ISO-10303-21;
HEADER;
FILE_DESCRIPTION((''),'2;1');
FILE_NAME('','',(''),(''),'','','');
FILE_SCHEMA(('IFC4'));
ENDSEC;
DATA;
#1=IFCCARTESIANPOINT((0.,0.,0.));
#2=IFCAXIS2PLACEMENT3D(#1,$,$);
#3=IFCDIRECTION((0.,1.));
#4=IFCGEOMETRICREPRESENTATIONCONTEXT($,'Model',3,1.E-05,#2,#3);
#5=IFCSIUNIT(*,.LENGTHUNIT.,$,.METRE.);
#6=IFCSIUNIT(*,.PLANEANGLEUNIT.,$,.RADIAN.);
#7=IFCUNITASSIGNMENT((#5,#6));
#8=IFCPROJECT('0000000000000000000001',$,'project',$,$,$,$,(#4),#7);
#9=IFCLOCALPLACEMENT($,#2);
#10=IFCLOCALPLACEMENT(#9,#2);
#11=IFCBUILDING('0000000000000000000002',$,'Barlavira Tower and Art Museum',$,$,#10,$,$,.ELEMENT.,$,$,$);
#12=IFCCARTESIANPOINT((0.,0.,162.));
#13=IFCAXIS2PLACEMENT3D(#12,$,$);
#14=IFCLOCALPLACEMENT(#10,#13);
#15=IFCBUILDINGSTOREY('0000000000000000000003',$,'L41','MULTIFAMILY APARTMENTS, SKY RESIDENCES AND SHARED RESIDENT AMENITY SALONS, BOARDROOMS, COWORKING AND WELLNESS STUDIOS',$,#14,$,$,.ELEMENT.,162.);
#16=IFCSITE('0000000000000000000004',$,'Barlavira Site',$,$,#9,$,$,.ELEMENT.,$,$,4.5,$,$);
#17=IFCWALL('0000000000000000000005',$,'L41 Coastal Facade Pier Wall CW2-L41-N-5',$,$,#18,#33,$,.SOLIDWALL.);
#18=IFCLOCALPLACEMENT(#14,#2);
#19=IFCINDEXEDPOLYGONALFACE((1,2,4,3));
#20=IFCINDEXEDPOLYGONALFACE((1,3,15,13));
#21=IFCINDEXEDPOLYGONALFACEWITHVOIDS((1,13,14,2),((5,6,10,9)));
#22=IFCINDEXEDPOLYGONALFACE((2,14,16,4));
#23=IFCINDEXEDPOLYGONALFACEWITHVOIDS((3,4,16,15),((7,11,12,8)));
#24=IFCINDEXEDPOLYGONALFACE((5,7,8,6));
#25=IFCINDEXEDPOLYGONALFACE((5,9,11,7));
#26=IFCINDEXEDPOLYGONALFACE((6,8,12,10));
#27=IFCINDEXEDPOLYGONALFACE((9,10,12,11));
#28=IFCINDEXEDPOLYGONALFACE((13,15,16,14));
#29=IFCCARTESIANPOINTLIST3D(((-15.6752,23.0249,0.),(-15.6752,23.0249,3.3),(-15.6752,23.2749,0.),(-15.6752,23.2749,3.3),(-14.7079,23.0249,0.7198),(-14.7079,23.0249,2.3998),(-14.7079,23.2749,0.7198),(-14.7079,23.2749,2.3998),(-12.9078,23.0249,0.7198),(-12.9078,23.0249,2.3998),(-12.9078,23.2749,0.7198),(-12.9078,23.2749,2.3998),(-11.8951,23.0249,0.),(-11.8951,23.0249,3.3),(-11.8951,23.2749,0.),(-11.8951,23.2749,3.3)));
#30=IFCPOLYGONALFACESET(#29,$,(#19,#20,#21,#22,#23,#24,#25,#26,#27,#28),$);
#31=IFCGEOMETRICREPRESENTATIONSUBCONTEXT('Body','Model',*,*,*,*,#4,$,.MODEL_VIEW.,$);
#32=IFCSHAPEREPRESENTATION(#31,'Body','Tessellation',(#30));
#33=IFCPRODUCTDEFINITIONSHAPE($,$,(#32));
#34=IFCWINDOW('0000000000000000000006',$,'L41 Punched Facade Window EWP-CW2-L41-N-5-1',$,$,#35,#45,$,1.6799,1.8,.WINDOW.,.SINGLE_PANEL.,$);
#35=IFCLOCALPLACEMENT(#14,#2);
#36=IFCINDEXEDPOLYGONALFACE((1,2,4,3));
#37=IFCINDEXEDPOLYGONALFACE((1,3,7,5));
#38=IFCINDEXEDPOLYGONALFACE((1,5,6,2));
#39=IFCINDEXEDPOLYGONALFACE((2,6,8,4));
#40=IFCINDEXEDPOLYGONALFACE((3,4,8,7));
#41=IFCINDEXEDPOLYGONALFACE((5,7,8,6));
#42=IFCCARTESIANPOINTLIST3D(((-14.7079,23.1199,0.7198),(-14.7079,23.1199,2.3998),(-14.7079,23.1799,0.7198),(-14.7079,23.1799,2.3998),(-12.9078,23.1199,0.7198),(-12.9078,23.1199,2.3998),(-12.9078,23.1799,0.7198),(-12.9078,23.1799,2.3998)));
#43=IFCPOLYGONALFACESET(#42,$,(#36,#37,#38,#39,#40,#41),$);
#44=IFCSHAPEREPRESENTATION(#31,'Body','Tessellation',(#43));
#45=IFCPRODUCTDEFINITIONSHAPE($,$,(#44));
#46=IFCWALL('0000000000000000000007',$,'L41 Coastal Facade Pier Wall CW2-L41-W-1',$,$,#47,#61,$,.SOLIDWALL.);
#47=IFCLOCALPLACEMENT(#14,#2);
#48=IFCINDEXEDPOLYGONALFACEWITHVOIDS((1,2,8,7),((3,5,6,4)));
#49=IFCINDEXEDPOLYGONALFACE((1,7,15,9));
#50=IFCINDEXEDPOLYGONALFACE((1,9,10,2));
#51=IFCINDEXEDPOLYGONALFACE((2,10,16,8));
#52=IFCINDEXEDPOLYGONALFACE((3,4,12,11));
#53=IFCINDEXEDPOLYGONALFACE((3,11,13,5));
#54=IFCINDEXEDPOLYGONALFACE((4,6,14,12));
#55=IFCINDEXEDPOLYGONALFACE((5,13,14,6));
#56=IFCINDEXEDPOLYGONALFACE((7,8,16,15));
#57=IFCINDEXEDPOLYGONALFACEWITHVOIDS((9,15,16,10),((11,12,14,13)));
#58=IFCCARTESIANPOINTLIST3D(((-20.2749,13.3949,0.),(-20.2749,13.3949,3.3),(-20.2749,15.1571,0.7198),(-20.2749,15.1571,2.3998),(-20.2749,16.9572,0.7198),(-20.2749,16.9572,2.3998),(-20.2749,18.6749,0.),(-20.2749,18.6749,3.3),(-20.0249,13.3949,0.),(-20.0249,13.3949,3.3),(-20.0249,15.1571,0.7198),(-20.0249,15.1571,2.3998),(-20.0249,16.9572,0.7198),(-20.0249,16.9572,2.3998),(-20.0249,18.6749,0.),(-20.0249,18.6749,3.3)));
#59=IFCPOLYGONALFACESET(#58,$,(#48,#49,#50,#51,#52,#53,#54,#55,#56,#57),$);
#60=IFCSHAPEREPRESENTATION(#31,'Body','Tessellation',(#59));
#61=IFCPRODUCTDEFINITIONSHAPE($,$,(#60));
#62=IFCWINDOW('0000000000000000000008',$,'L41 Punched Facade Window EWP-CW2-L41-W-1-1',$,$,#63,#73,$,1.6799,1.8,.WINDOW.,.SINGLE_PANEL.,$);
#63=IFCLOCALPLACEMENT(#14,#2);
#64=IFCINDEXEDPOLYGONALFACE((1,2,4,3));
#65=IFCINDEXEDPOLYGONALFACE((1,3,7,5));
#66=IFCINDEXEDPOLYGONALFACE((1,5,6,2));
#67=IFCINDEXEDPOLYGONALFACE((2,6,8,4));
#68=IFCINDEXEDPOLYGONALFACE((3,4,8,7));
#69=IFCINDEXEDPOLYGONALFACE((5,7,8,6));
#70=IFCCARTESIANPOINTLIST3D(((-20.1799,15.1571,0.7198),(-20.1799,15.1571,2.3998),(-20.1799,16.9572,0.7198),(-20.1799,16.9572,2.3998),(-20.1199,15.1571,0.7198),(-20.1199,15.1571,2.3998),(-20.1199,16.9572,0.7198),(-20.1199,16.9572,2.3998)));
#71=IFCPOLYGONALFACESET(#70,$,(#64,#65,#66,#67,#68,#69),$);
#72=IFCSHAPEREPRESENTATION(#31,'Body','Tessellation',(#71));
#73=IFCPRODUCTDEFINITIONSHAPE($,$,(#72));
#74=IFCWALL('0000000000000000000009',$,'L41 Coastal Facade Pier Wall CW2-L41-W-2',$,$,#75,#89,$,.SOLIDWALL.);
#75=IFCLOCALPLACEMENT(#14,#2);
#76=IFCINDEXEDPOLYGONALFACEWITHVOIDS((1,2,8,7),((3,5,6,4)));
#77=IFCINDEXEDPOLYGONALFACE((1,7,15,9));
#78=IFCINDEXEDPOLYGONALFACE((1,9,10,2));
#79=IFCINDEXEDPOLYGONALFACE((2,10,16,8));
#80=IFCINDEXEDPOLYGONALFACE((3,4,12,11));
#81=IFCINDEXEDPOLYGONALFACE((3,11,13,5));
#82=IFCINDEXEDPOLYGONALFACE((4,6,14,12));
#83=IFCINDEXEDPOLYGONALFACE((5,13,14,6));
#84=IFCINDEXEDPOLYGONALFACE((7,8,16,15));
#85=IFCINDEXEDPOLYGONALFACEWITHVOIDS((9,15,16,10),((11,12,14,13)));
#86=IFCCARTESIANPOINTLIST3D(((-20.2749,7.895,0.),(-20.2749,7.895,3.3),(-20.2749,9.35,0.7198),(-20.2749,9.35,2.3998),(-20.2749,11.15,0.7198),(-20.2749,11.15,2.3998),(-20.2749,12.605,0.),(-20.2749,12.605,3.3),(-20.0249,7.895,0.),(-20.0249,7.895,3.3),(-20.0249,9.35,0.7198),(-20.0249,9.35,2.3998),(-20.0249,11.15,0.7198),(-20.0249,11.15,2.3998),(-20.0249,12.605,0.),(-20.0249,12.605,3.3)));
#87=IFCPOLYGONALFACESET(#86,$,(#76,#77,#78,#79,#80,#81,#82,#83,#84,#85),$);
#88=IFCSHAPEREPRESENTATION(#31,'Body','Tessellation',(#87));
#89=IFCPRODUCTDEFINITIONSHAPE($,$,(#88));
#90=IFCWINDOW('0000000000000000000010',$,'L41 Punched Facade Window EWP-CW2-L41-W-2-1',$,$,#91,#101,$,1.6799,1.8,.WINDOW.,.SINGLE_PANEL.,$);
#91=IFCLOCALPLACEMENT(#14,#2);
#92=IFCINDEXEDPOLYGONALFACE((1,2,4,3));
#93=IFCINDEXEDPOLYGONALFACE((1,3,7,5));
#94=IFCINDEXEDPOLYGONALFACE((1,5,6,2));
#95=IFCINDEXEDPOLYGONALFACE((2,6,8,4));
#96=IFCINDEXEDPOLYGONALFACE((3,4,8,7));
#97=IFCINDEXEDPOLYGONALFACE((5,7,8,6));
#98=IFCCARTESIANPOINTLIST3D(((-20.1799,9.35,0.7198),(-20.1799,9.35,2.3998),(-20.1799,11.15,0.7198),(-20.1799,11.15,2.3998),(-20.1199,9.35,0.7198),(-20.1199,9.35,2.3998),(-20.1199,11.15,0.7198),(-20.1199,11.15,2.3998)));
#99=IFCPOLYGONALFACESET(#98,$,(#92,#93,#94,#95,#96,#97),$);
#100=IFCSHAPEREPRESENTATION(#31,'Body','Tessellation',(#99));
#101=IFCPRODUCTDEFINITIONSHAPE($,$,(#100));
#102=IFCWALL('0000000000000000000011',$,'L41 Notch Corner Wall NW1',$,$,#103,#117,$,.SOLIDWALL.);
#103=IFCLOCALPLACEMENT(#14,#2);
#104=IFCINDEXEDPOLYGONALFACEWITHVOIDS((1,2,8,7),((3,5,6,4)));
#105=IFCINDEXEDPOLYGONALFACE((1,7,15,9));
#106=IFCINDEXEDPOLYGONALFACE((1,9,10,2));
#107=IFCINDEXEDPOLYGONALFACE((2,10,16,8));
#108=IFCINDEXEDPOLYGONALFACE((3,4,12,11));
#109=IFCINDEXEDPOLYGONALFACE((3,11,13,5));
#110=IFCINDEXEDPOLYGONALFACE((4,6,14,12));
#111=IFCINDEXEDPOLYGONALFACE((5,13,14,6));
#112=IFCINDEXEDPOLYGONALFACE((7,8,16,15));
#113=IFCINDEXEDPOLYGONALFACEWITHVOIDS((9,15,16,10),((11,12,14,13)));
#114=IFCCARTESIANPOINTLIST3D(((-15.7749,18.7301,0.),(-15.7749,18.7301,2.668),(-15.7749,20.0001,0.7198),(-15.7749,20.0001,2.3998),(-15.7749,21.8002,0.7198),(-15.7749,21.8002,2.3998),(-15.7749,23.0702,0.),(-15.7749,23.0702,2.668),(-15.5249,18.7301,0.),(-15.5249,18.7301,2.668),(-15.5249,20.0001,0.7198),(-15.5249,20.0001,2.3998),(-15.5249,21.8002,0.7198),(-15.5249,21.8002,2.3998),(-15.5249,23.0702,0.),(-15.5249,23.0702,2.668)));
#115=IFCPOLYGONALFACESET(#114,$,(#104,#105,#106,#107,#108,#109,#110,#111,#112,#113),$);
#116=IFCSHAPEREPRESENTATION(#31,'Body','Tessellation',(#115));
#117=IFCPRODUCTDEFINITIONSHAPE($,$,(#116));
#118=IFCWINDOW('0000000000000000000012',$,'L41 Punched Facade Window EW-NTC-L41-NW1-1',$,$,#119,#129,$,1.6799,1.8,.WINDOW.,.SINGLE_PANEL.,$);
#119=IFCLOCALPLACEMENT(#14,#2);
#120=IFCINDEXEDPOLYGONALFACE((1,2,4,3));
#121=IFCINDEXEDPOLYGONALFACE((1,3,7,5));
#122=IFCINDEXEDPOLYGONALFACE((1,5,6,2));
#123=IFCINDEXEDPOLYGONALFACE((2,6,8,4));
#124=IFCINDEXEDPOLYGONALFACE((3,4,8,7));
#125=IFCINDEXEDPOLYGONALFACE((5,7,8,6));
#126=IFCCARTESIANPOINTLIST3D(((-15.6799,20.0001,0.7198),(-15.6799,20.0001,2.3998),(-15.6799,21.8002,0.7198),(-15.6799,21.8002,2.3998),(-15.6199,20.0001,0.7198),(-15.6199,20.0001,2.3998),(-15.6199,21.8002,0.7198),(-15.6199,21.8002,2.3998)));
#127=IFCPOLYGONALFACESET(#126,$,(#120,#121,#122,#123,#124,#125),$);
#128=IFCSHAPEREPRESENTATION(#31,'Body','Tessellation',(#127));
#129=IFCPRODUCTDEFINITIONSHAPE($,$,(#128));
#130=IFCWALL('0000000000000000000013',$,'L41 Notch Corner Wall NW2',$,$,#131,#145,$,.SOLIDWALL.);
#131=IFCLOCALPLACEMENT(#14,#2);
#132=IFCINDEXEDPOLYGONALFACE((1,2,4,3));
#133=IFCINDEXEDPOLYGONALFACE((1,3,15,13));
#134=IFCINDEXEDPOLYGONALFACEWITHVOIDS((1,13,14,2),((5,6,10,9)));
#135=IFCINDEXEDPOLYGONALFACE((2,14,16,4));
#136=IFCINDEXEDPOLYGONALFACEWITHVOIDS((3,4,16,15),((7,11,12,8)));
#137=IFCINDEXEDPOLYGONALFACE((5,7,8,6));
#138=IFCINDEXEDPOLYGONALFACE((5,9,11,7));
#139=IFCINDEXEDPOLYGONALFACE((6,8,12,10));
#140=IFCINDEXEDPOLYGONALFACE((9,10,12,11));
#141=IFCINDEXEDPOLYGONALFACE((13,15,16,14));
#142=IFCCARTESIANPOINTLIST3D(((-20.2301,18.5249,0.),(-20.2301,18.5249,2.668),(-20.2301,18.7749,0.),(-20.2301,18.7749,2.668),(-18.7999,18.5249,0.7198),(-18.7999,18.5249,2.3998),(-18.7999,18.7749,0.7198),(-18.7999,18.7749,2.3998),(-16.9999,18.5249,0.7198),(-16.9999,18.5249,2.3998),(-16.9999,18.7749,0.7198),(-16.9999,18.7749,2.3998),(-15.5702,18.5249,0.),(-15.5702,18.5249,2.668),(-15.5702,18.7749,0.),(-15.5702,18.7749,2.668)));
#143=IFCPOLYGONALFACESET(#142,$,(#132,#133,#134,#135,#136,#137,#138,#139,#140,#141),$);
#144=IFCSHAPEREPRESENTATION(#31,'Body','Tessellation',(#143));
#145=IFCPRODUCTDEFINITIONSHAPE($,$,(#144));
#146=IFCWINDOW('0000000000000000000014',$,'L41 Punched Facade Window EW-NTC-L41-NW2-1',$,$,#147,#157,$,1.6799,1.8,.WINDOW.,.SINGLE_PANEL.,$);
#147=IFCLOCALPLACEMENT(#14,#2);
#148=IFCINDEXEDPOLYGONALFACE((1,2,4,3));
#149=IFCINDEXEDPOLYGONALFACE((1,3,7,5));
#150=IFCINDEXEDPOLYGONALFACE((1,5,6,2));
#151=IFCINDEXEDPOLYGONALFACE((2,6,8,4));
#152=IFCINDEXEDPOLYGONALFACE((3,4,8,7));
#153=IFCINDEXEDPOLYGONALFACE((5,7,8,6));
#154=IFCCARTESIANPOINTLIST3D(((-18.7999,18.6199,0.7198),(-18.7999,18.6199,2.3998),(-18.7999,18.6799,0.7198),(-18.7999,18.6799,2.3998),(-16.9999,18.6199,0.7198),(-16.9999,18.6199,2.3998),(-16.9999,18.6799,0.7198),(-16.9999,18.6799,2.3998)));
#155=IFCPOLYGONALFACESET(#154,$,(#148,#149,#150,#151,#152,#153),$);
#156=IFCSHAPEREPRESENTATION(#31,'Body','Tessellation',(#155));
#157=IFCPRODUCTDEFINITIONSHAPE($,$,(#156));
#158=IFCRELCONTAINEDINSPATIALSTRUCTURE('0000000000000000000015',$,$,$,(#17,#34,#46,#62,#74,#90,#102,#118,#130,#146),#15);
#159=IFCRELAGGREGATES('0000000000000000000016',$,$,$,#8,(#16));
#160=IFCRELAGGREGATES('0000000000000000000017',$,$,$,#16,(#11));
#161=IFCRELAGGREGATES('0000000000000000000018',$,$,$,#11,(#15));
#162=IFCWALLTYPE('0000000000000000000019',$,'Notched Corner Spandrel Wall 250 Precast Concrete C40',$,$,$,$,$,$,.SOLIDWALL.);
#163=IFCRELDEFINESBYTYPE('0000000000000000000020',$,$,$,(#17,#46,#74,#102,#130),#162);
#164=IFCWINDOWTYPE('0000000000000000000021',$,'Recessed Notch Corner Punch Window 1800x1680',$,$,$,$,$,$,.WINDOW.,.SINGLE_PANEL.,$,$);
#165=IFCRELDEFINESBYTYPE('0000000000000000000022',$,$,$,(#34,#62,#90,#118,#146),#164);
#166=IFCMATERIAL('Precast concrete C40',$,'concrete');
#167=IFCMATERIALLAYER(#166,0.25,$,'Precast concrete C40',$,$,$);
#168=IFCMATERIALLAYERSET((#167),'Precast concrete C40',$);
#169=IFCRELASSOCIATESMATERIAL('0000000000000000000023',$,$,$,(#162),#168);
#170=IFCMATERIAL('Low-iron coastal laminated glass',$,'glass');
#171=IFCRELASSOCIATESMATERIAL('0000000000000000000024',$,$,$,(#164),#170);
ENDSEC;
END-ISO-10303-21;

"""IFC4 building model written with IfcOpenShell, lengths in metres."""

from ifc_helpers import new_model, si_unit, direction, frame, frame_2d, origin, place, context, subcontext, project, spatial, rectangle, extrude, material, layer, layer_set, type_object, element, fill, save


model = new_model("IFC4")

# Units and contexts
model_context = context("Model", 3, precision=1e-05, world=origin(), true_north=direction((0.0, 1.0)))
body_context = subcontext(model_context, "Body", "Model", "MODEL_VIEW")
ifc_project = project(units=[si_unit("LENGTHUNIT", "METRE"), si_unit("PLANEANGLEUNIT", "RADIAN")], contexts=[model_context])

# Site, building, storey
site_placement = place(None, origin())
site = spatial("IfcSite", under=ifc_project, at=site_placement, Name="Barlavira Site", CompositionType="ELEMENT", RefElevation=4.5)
building_placement = place(site_placement, origin())
building = spatial("IfcBuilding", under=site, at=building_placement, Name="Barlavira Tower and Art Museum", CompositionType="ELEMENT")
storey_placement = place(building_placement, frame((0.0, 0.0, 162.0)))
storey = spatial("IfcBuildingStorey", under=building, at=storey_placement, Name="L41", Description="MULTIFAMILY APARTMENTS, SKY RESIDENCES AND SHARED RESIDENT AMENITY SALONS, BOARDROOMS, COWORKING AND WELLNESS STUDIOS", CompositionType="ELEMENT", Elevation=162.0)

# Walls, openings, windows
ifc_material_1 = material(Name="Precast concrete C40", Category="concrete")
ifc_layer_1 = layer(ifc_material_1, 0.25, Name="Precast concrete C40")
ifc_layer_set_1 = layer_set([ifc_layer_1], Name="Precast concrete C40")
wall_type_1 = type_object("IfcWallType", Name="Notched Corner Spandrel Wall 250 Precast Concrete C40", PredefinedType="SOLIDWALL", material=ifc_layer_set_1)
wall_1_placement = place(storey_placement, frame((-11.895, 23.1499, 0.0), z_axis=(0.0, 0.0, 1.0), x_axis=(-1.0, 0.0, 0.0)))
wall_1 = element("IfcWall", 1, at=wall_1_placement, inside=storey, type_object=wall_type_1, Name="L41 Coastal Facade Pier Wall CW2-L41-N-5", PredefinedType="SOLIDWALL", context=body_context, shape_type="SweptSolid", body=[
    extrude(rectangle(XDim=3.78, YDim=0.25, at=frame_2d((1.8901, 0.0))), origin(), (0.0, 0.0, 1.0), 3.3),
])
opening_1_placement = place(wall_1_placement, frame((1.0129, 0.0, 0.72)))
opening_1 = element("IfcOpeningElement", 2, at=opening_1_placement, cuts=wall_1, PredefinedType="OPENING", context=body_context, shape_type="SweptSolid", body=[
    extrude(rectangle(XDim=1.8, YDim=1.6799, at=frame_2d((0.8999, 0.8398))), frame((0.0, 0.135, 0.0), z_axis=(0.0, -1.0, 0.0), x_axis=(1.0, 0.0, 0.0)), (0.0, 0.0, 1.0), 0.27),
])
ifc_material_2 = material(Name="Low-iron coastal laminated glass", Category="glass")
window_type = type_object("IfcWindowType", Name="Recessed Notch Corner Punch Window 1800x1680", PartitioningType="SINGLE_PANEL", PredefinedType="WINDOW", material=ifc_material_2)
window_1_placement = place(opening_1_placement, origin())
window_1 = element("IfcWindow", 3, at=window_1_placement, inside=storey, type_object=window_type, Name="L41 Punched Facade Window EWP-CW2-L41-N-5-1", OverallHeight=1.6799, OverallWidth=1.8, PartitioningType="SINGLE_PANEL", PredefinedType="WINDOW", context=body_context, shape_type="SweptSolid", body=[
    extrude(rectangle(XDim=1.8, YDim=1.6799, at=frame_2d((0.8999, 0.8398))), frame((0.0, 0.03, 0.0), z_axis=(0.0, -1.0, 0.0), x_axis=(1.0, 0.0, 0.0)), (0.0, 0.0, 1.0), 0.0601),
])
fill(opening_1, window_1)
wall_2_placement = place(storey_placement, frame((-20.1499, 18.675, 0.0), z_axis=(0.0, 0.0, 1.0), x_axis=(0.0, -1.0, 0.0)))
wall_2 = element("IfcWall", 4, at=wall_2_placement, inside=storey, type_object=wall_type_1, Name="L41 Coastal Facade Pier Wall CW2-L41-W-1", PredefinedType="SOLIDWALL", context=body_context, shape_type="SweptSolid", body=[
    extrude(rectangle(XDim=5.28, YDim=0.25, at=frame_2d((2.6401, 0.0))), origin(), (0.0, 0.0, 1.0), 3.3),
])
opening_2_placement = place(wall_2_placement, frame((1.718, 0.0, 0.72)))
opening_2 = element("IfcOpeningElement", 5, at=opening_2_placement, cuts=wall_2, PredefinedType="OPENING", context=body_context, shape_type="SweptSolid", body=[
    extrude(rectangle(XDim=1.8, YDim=1.6799, at=frame_2d((0.8999, 0.8398))), frame((0.0, 0.135, 0.0), z_axis=(0.0, -1.0, 0.0), x_axis=(1.0, 0.0, 0.0)), (0.0, 0.0, 1.0), 0.27),
])
window_2_placement = place(opening_2_placement, origin())
window_2 = element("IfcWindow", 6, at=window_2_placement, inside=storey, type_object=window_type, Name="L41 Punched Facade Window EWP-CW2-L41-W-1-1", OverallHeight=1.6799, OverallWidth=1.8, PartitioningType="SINGLE_PANEL", PredefinedType="WINDOW", context=body_context, shape_type="SweptSolid", body=[
    extrude(rectangle(XDim=1.8, YDim=1.6799, at=frame_2d((0.8999, 0.8398))), frame((0.0, 0.03, 0.0), z_axis=(0.0, -1.0, 0.0), x_axis=(1.0, 0.0, 0.0)), (0.0, 0.0, 1.0), 0.0601),
])
fill(opening_2, window_2)
wall_3_placement = place(storey_placement, frame((-20.1499, 12.605, 0.0), z_axis=(0.0, 0.0, 1.0), x_axis=(0.0, -1.0, 0.0)))
wall_3 = element("IfcWall", 7, at=wall_3_placement, inside=storey, type_object=wall_type_1, Name="L41 Coastal Facade Pier Wall CW2-L41-W-2", PredefinedType="SOLIDWALL", context=body_context, shape_type="SweptSolid", body=[
    extrude(rectangle(XDim=4.71, YDim=0.25, at=frame_2d((2.355, 0.0))), origin(), (0.0, 0.0, 1.0), 3.3),
])
opening_3_placement = place(wall_3_placement, frame((1.4551, 0.0, 0.72)))
opening_3 = element("IfcOpeningElement", 8, at=opening_3_placement, cuts=wall_3, PredefinedType="OPENING", context=body_context, shape_type="SweptSolid", body=[
    extrude(rectangle(XDim=1.8, YDim=1.6799, at=frame_2d((0.8999, 0.8398))), frame((0.0, 0.135, 0.0), z_axis=(0.0, -1.0, 0.0), x_axis=(1.0, 0.0, 0.0)), (0.0, 0.0, 1.0), 0.27),
])
window_3_placement = place(opening_3_placement, origin())
window_3 = element("IfcWindow", 9, at=window_3_placement, inside=storey, type_object=window_type, Name="L41 Punched Facade Window EWP-CW2-L41-W-2-1", OverallHeight=1.6799, OverallWidth=1.8, PartitioningType="SINGLE_PANEL", PredefinedType="WINDOW", context=body_context, shape_type="SweptSolid", body=[
    extrude(rectangle(XDim=1.8, YDim=1.6799, at=frame_2d((0.8999, 0.8398))), frame((0.0, 0.03, 0.0), z_axis=(0.0, -1.0, 0.0), x_axis=(1.0, 0.0, 0.0)), (0.0, 0.0, 1.0), 0.0601),
])
fill(opening_3, window_3)
wall_4_placement = place(storey_placement, frame((-15.6499, 23.0701, 0.0), z_axis=(0.0, 0.0, 1.0), x_axis=(0.0, -1.0, 0.0)))
wall_4 = element("IfcWall", 10, at=wall_4_placement, inside=storey, type_object=wall_type_1, Name="L41 Notch Corner Wall NW1", PredefinedType="SOLIDWALL", context=body_context, shape_type="SweptSolid", body=[
    extrude(rectangle(XDim=4.3401, YDim=0.25, at=frame_2d((2.1699, 0.0))), origin(), (0.0, 0.0, 1.0), 2.668),
])
opening_4_placement = place(wall_4_placement, frame((1.27, 0.0, 0.72)))
opening_4 = element("IfcOpeningElement", 11, at=opening_4_placement, cuts=wall_4, PredefinedType="OPENING", context=body_context, shape_type="SweptSolid", body=[
    extrude(rectangle(XDim=1.8, YDim=1.6799, at=frame_2d((0.8999, 0.8398))), frame((0.0, 0.135, 0.0), z_axis=(0.0, -1.0, 0.0), x_axis=(1.0, 0.0, 0.0)), (0.0, 0.0, 1.0), 0.27),
])
window_4_placement = place(opening_4_placement, origin())
window_4 = element("IfcWindow", 12, at=window_4_placement, inside=storey, type_object=window_type, Name="L41 Punched Facade Window EW-NTC-L41-NW1-1", OverallHeight=1.6799, OverallWidth=1.8, PartitioningType="SINGLE_PANEL", PredefinedType="WINDOW", context=body_context, shape_type="SweptSolid", body=[
    extrude(rectangle(XDim=1.8, YDim=1.6799, at=frame_2d((0.8999, 0.8398))), frame((0.0, 0.03, 0.0), z_axis=(0.0, -1.0, 0.0), x_axis=(1.0, 0.0, 0.0)), (0.0, 0.0, 1.0), 0.0601),
])
fill(opening_4, window_4)
wall_5_placement = place(storey_placement, frame((-15.5701, 18.6499, 0.0), z_axis=(0.0, 0.0, 1.0), x_axis=(-1.0, 0.0, 0.0)))
wall_5 = element("IfcWall", 13, at=wall_5_placement, inside=storey, type_object=wall_type_1, Name="L41 Notch Corner Wall NW2", PredefinedType="SOLIDWALL", context=body_context, shape_type="SweptSolid", body=[
    extrude(rectangle(XDim=4.6599, YDim=0.25, at=frame_2d((2.3301, 0.0))), origin(), (0.0, 0.0, 1.0), 2.668),
])
opening_5_placement = place(wall_5_placement, frame((1.4299, 0.0, 0.72)))
opening_5 = element("IfcOpeningElement", 14, at=opening_5_placement, cuts=wall_5, PredefinedType="OPENING", context=body_context, shape_type="SweptSolid", body=[
    extrude(rectangle(XDim=1.8, YDim=1.6799, at=frame_2d((0.8999, 0.8398))), frame((0.0, 0.135, 0.0), z_axis=(0.0, -1.0, 0.0), x_axis=(1.0, 0.0, 0.0)), (0.0, 0.0, 1.0), 0.27),
])
window_5_placement = place(opening_5_placement, origin())
window_5 = element("IfcWindow", 15, at=window_5_placement, inside=storey, type_object=window_type, Name="L41 Punched Facade Window EW-NTC-L41-NW2-1", OverallHeight=1.6799, OverallWidth=1.8, PartitioningType="SINGLE_PANEL", PredefinedType="WINDOW", context=body_context, shape_type="SweptSolid", body=[
    extrude(rectangle(XDim=1.8, YDim=1.6799, at=frame_2d((0.8999, 0.8398))), frame((0.0, 0.03, 0.0), z_axis=(0.0, -1.0, 0.0), x_axis=(1.0, 0.0, 0.0)), (0.0, 0.0, 1.0), 0.0601),
])
fill(opening_5, window_5)

save(model, "model.ifc")
